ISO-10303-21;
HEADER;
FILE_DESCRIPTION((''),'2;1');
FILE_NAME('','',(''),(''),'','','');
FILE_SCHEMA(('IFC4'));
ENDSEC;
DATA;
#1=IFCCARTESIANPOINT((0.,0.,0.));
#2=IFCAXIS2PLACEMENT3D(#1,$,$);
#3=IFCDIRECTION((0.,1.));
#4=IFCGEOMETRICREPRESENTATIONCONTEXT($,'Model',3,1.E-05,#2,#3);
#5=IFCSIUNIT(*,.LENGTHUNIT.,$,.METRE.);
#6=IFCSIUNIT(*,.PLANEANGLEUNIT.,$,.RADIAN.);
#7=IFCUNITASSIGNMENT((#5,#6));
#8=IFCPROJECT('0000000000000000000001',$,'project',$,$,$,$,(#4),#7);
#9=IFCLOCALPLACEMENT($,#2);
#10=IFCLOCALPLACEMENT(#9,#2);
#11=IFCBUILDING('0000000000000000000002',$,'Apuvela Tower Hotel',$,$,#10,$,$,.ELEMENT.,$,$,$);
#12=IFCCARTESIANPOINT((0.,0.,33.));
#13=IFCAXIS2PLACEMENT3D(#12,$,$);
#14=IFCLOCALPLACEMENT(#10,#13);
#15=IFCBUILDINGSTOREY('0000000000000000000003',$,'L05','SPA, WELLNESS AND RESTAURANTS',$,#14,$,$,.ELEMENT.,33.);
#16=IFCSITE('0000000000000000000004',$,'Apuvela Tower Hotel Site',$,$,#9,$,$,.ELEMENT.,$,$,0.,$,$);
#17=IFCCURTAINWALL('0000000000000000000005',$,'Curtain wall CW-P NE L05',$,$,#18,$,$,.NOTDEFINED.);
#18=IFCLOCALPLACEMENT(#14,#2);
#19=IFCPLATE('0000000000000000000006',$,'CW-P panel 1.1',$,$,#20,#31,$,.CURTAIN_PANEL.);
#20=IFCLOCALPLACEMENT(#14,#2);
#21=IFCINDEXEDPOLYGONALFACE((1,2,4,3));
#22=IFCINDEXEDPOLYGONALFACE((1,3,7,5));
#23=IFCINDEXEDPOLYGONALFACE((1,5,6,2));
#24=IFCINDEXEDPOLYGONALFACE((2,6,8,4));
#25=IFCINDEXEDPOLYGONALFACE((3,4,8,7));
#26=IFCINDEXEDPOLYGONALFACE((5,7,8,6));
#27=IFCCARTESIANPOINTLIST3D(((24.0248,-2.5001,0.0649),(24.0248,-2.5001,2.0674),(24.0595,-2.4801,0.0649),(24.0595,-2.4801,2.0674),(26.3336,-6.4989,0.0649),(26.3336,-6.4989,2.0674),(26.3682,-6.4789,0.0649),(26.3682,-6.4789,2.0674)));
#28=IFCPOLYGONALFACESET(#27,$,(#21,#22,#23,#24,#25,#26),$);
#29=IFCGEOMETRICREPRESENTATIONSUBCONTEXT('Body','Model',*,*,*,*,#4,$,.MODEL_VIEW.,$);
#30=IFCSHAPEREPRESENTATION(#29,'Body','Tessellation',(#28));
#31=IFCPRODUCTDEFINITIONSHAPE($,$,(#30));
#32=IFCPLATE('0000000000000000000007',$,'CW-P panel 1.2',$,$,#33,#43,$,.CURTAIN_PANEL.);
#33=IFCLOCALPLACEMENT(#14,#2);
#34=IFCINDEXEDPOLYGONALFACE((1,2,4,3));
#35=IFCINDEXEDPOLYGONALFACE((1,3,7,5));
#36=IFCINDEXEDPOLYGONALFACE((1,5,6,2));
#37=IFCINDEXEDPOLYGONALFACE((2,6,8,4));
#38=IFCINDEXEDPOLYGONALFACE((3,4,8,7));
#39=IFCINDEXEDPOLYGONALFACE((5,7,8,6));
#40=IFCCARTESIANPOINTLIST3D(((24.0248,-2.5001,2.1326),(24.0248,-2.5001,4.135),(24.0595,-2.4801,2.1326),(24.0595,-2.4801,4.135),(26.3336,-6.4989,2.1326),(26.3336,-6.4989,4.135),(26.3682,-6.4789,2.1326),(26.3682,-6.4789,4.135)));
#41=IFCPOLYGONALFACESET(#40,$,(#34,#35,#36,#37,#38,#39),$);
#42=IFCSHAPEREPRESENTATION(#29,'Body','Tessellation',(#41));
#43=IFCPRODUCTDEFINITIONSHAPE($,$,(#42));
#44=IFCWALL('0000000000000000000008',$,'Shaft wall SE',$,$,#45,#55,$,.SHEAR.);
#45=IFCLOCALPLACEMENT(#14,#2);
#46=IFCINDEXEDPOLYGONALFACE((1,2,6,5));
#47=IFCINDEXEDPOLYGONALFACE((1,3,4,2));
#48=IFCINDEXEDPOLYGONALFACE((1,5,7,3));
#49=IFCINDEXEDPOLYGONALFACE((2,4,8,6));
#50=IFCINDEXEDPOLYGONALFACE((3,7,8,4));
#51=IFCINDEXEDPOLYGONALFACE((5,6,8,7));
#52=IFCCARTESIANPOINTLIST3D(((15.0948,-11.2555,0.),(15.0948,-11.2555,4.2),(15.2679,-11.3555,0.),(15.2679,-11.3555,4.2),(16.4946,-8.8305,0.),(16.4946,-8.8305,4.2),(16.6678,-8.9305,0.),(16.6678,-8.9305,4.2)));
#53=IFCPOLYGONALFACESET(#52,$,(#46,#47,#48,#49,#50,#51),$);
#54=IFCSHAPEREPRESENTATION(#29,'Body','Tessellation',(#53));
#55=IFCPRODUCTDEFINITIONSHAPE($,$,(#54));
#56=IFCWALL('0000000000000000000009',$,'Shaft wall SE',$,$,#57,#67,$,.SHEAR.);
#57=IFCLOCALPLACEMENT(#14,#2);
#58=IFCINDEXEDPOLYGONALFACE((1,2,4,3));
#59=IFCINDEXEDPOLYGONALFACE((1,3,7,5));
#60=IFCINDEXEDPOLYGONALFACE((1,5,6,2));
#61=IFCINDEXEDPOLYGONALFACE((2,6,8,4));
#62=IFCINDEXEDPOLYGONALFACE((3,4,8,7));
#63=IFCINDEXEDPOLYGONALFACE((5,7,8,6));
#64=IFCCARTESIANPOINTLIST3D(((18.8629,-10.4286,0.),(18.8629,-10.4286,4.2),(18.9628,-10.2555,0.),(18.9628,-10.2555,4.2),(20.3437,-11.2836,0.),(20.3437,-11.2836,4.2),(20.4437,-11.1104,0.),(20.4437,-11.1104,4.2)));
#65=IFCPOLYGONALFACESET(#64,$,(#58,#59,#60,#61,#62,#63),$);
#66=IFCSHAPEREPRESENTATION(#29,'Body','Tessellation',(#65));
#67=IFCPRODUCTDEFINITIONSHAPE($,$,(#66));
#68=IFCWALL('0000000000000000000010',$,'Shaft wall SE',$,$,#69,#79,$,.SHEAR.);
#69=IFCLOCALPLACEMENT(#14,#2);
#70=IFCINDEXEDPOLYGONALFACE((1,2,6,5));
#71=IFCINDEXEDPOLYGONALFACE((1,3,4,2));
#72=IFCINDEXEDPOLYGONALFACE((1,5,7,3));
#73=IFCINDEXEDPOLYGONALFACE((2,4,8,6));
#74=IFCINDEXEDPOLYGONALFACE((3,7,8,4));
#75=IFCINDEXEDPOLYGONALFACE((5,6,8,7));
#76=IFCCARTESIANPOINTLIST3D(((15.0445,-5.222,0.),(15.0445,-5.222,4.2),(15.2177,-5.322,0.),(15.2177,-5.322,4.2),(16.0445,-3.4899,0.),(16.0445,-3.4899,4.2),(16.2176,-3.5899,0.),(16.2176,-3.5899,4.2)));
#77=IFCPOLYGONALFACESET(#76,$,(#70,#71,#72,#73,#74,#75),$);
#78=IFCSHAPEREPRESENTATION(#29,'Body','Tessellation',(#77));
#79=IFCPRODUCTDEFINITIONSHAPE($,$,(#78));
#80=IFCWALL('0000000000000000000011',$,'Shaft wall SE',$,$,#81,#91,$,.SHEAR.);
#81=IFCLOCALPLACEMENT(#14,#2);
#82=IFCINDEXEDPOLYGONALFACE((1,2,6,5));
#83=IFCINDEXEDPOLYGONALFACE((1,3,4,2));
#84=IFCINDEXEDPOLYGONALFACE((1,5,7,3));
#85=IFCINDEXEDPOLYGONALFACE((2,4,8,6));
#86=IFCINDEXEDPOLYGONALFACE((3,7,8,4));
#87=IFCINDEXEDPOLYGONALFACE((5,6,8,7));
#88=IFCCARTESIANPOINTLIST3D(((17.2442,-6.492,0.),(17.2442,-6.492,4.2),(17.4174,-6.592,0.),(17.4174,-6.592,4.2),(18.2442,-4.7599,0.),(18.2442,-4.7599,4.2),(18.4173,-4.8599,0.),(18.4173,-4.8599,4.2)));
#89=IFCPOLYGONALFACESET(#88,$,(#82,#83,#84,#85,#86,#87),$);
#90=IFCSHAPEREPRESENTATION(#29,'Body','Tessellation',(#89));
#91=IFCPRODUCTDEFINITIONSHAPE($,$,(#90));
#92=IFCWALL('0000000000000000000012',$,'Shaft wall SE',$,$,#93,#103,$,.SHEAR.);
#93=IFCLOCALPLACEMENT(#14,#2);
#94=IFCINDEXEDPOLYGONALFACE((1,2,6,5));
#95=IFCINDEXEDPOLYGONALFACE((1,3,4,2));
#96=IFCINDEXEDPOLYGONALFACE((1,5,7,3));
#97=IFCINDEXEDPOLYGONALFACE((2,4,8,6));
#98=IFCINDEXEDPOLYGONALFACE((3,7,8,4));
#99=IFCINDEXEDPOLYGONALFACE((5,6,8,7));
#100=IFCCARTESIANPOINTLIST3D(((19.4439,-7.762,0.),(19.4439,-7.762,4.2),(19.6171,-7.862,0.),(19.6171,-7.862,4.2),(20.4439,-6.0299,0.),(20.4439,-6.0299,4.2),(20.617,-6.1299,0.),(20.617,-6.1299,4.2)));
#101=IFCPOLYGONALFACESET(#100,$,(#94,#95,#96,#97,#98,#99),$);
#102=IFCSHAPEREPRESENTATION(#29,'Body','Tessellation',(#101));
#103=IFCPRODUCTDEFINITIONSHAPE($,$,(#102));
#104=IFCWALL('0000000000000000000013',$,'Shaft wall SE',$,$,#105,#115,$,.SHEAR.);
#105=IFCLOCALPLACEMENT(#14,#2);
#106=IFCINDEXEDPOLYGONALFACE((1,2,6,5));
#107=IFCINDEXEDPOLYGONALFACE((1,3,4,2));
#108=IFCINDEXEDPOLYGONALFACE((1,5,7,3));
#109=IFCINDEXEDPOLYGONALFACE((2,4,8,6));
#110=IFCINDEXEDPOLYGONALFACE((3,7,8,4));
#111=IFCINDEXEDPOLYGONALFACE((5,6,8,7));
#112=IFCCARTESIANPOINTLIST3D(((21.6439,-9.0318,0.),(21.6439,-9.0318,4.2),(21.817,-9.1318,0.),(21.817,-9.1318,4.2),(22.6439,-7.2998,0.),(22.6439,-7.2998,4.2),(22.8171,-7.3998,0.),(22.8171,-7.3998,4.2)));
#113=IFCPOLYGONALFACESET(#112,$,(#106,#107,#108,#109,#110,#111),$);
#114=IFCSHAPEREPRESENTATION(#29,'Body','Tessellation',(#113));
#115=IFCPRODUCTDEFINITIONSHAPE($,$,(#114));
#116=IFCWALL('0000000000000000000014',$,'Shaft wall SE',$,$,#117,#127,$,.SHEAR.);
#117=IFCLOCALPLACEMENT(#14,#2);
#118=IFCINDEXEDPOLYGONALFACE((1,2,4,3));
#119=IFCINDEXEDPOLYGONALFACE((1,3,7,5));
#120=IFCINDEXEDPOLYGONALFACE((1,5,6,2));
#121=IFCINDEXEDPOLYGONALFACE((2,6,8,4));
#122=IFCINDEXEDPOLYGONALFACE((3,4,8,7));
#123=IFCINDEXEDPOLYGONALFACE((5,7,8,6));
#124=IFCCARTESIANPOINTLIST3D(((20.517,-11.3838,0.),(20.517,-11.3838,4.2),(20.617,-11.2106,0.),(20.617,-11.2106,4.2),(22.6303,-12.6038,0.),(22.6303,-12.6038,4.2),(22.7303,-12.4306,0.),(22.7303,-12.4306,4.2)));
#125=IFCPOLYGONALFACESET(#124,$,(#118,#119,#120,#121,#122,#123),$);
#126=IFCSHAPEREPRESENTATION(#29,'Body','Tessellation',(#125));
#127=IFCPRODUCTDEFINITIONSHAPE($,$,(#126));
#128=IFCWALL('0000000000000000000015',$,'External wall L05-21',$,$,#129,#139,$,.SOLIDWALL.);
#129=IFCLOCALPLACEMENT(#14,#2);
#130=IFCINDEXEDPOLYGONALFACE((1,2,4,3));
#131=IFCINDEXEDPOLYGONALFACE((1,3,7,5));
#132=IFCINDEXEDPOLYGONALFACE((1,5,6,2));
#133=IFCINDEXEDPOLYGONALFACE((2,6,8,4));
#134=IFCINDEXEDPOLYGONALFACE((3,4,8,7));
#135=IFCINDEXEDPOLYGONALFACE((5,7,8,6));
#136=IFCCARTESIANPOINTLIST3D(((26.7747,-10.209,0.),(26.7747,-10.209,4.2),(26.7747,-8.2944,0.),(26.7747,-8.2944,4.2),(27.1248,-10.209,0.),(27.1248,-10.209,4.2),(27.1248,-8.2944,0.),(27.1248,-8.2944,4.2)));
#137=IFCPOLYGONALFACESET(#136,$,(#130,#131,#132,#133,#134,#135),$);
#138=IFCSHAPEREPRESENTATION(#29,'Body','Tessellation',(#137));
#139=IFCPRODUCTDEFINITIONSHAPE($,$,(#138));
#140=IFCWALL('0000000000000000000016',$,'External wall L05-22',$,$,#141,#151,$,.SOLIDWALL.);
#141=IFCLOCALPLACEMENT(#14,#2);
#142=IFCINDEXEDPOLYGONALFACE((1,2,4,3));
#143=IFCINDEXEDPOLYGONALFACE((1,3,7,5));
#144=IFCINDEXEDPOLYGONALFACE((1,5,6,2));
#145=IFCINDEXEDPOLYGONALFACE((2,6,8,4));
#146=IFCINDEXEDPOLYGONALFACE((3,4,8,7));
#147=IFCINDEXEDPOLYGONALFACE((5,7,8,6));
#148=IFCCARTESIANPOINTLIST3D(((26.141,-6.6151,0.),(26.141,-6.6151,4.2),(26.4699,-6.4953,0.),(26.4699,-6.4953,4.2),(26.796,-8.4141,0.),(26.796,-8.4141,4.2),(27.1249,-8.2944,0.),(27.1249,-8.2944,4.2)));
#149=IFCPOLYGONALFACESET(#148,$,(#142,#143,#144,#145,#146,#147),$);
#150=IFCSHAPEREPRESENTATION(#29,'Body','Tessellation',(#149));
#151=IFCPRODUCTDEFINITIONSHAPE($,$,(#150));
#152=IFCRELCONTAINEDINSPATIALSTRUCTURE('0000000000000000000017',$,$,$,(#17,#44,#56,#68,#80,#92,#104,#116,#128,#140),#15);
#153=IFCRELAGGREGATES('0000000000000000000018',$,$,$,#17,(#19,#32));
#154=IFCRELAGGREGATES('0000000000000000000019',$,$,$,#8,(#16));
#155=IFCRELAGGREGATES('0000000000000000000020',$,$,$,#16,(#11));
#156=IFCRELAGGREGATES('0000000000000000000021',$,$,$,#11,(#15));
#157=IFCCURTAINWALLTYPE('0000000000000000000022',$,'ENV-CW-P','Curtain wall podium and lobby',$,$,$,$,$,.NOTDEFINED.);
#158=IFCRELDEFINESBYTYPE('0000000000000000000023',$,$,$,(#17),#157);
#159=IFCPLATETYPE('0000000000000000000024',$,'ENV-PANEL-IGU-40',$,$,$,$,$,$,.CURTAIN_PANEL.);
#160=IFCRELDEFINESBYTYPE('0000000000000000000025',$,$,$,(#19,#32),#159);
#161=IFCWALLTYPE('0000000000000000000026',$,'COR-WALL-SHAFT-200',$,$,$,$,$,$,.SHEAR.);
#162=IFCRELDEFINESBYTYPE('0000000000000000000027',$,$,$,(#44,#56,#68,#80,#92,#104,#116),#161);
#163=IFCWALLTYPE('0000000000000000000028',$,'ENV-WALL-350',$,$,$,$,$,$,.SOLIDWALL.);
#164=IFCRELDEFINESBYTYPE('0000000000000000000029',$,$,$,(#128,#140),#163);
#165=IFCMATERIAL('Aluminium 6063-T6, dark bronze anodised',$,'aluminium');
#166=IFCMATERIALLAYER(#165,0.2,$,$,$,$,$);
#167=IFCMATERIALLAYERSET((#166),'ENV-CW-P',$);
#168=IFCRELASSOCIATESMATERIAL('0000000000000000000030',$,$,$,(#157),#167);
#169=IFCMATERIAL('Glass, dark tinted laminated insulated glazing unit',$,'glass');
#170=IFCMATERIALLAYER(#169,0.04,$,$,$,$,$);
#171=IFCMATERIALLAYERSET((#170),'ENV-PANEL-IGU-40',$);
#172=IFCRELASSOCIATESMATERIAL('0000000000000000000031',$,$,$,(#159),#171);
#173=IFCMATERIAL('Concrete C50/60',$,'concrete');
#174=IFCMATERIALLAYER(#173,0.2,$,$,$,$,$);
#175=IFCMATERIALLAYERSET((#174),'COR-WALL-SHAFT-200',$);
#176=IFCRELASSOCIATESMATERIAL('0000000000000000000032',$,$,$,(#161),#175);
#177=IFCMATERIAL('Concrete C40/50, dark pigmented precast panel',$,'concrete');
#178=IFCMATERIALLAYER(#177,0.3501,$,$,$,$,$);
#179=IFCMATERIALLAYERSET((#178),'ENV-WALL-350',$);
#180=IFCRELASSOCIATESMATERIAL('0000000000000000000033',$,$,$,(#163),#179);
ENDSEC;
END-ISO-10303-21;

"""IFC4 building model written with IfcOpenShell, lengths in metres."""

from ifc_helpers import new_model, si_unit, direction, frame, frame_2d, origin, origin_2d, place, context, subcontext, project, spatial, rectangle, extrude, material, layer, layer_set, type_object, element, aggregate, save


model = new_model("IFC4")

# Units and contexts
model_context = context("Model", 3, precision=1e-05, world=origin(), true_north=direction((0.0, 1.0)))
body_context = subcontext(model_context, "Body", "Model", "MODEL_VIEW")
ifc_project = project(units=[si_unit("LENGTHUNIT", "METRE"), si_unit("PLANEANGLEUNIT", "RADIAN")], contexts=[model_context])

# Site, building, storey
site_placement = place(None, origin())
site = spatial("IfcSite", under=ifc_project, at=site_placement, Name="Apuvela Tower Hotel Site", CompositionType="ELEMENT", RefElevation=0.0)
building_placement = place(site_placement, origin())
building = spatial("IfcBuilding", under=site, at=building_placement, Name="Apuvela Tower Hotel", CompositionType="ELEMENT")
storey_placement = place(building_placement, frame((0.0, 0.0, 33.0)))
storey = spatial("IfcBuildingStorey", under=building, at=storey_placement, Name="L05", Description="SPA, WELLNESS AND RESTAURANTS", CompositionType="ELEMENT", Elevation=33.0)

# Curtain wall
ifc_material_1 = material(Name="Aluminium 6063-T6, dark bronze anodised", Category="aluminium")
ifc_layer_1 = layer(ifc_material_1, 0.2)
ifc_layer_set_1 = layer_set([ifc_layer_1], Name="ENV-CW-P")
curtain_wall_type = type_object("IfcCurtainWallType", Name="ENV-CW-P", Description="Curtain wall podium and lobby", PredefinedType="NOTDEFINED", material=ifc_layer_set_1)
curtain_wall_placement = place(storey_placement, origin())
curtain_wall = element("IfcCurtainWall", 1, at=curtain_wall_placement, inside=storey, type_object=curtain_wall_type, Name="Curtain wall CW-P NE L05", PredefinedType="NOTDEFINED")

# Plates
ifc_material_2 = material(Name="Glass, dark tinted laminated insulated glazing unit", Category="glass")
ifc_layer_2 = layer(ifc_material_2, 0.04)
ifc_layer_set_2 = layer_set([ifc_layer_2], Name="ENV-PANEL-IGU-40")
plate_type = type_object("IfcPlateType", Name="ENV-PANEL-IGU-40", PredefinedType="CURTAIN_PANEL", material=ifc_layer_set_2)
plate_1_placement = place(storey_placement, frame((25.1965, -4.4895, 0.0649), z_axis=(0.0, 0.0, 1.0), x_axis=(-0.5, 0.866026, 0.0)))
plate_1 = element("IfcPlate", 2, at=plate_1_placement, type_object=plate_type, Name="CW-P panel 1.1", PredefinedType="CURTAIN_PANEL", context=body_context, shape_type="SweptSolid", body=[
    extrude(rectangle(XDim=4.6174, YDim=0.04, at=origin_2d()), origin(), (0.0, 0.0, 1.0), 2.0024),
])
plate_2_placement = place(storey_placement, frame((25.1965, -4.4895, 2.1326), z_axis=(0.0, 0.0, 1.0), x_axis=(-0.5, 0.866026, 0.0)))
plate_2 = element("IfcPlate", 3, at=plate_2_placement, type_object=plate_type, Name="CW-P panel 1.2", PredefinedType="CURTAIN_PANEL", context=body_context, shape_type="SweptSolid", body=[
    extrude(rectangle(XDim=4.6174, YDim=0.04, at=origin_2d()), origin(), (0.0, 0.0, 1.0), 2.0024),
])
aggregate(curtain_wall, [plate_1, plate_2])

# Walls
ifc_material_3 = material(Name="Concrete C50/60", Category="concrete")
ifc_layer_3 = layer(ifc_material_3, 0.2)
ifc_layer_set_3 = layer_set([ifc_layer_3], Name="COR-WALL-SHAFT-200")
wall_type_1 = type_object("IfcWallType", Name="COR-WALL-SHAFT-200", PredefinedType="SHEAR", material=ifc_layer_set_3)
wall_1_placement = place(storey_placement, frame((15.1814, -11.3054, 0.0), z_axis=(0.0, 0.0, 1.0), x_axis=(0.499946, 0.866056, 0.0)))
element("IfcWall", 4, at=wall_1_placement, inside=storey, type_object=wall_type_1, Name="Shaft wall SE", PredefinedType="SHEAR", context=body_context, shape_type="SweptSolid", body=[
    extrude(rectangle(XDim=2.8, YDim=0.2, at=frame_2d((1.3999, 0.0))), origin(), (0.0, 0.0, 1.0), 4.2),
])
wall_2_placement = place(storey_placement, frame((18.9128, -10.342, 0.0), z_axis=(0.0, 0.0, 1.0), x_axis=(0.866038, -0.499978, 0.0)))
element("IfcWall", 5, at=wall_2_placement, inside=storey, type_object=wall_type_1, Name="Shaft wall SE", PredefinedType="SHEAR", context=body_context, shape_type="SweptSolid", body=[
    extrude(rectangle(XDim=1.71, YDim=0.2, at=frame_2d((0.855, 0.0))), origin(), (0.0, 0.0, 1.0), 4.2),
])
for number, where, z_axis, x_axis, name in (
    (6, (15.1311, -5.272, 0.0), (0.0, 0.0, 1.0), (0.499973, 0.866041, 0.0), "Shaft wall SE"),
    (7, (17.3308, -6.542, 0.0), (0.0, 0.0, 1.0), (0.499973, 0.866041, 0.0), "Shaft wall SE"),
    (8, (19.5305, -7.812, 0.0), (0.0, 0.0, 1.0), (0.499973, 0.866041, 0.0), "Shaft wall SE"),
    (9, (21.7305, -9.0818, 0.0), (0.0, 0.0, 1.0), (0.500025, 0.866011, 0.0), "Shaft wall SE"),
):
    element("IfcWall", number, at=place(storey_placement, frame(where, z_axis=z_axis, x_axis=x_axis)), inside=storey, type_object=wall_type_1, Name=name, PredefinedType="SHEAR", context=body_context, shape_type="SweptSolid", body=[
        extrude(rectangle(XDim=2.0, YDim=0.2, at=frame_2d((1.0, 0.0))), origin(), (0.0, 0.0, 1.0), 4.2),
    ])
wall_3_placement = place(storey_placement, frame((20.5669, -11.2971, 0.0), z_axis=(0.0, 0.0, 1.0), x_axis=(0.866049, -0.499959, 0.0)))
element("IfcWall", 10, at=wall_3_placement, inside=storey, type_object=wall_type_1, Name="Shaft wall SE", PredefinedType="SHEAR", context=body_context, shape_type="SweptSolid", body=[
    extrude(rectangle(XDim=2.4402, YDim=0.2, at=frame_2d((1.2202, 0.0))), origin(), (0.0, 0.0, 1.0), 4.2),
])
ifc_material_4 = material(Name="Concrete C40/50, dark pigmented precast panel", Category="concrete")
ifc_layer_4 = layer(ifc_material_4, 0.3501)
ifc_layer_set_4 = layer_set([ifc_layer_4], Name="ENV-WALL-350")
wall_type_2 = type_object("IfcWallType", Name="ENV-WALL-350", PredefinedType="SOLIDWALL", material=ifc_layer_set_4)
for number, where, z_axis, x_axis, name in (
    (11, (26.9497, -10.209, 0.0), (0.0, 0.0, 1.0), (0.0, 1.0, 0.0), "External wall L05-21"),
    (12, (26.9604, -8.3542, 0.0), (0.0, 0.0, 1.0), (-0.342122, 0.939656, 0.0), "External wall L05-22"),
):
    element("IfcWall", number, at=place(storey_placement, frame(where, z_axis=z_axis, x_axis=x_axis)), inside=storey, type_object=wall_type_2, Name=name, PredefinedType="SOLIDWALL", context=body_context, shape_type="SweptSolid", body=[
        extrude(rectangle(XDim=1.9146, YDim=0.3501, at=frame_2d((0.9573, 0.0))), origin(), (0.0, 0.0, 1.0), 4.2),
    ])

save(model, "model.ifc")
